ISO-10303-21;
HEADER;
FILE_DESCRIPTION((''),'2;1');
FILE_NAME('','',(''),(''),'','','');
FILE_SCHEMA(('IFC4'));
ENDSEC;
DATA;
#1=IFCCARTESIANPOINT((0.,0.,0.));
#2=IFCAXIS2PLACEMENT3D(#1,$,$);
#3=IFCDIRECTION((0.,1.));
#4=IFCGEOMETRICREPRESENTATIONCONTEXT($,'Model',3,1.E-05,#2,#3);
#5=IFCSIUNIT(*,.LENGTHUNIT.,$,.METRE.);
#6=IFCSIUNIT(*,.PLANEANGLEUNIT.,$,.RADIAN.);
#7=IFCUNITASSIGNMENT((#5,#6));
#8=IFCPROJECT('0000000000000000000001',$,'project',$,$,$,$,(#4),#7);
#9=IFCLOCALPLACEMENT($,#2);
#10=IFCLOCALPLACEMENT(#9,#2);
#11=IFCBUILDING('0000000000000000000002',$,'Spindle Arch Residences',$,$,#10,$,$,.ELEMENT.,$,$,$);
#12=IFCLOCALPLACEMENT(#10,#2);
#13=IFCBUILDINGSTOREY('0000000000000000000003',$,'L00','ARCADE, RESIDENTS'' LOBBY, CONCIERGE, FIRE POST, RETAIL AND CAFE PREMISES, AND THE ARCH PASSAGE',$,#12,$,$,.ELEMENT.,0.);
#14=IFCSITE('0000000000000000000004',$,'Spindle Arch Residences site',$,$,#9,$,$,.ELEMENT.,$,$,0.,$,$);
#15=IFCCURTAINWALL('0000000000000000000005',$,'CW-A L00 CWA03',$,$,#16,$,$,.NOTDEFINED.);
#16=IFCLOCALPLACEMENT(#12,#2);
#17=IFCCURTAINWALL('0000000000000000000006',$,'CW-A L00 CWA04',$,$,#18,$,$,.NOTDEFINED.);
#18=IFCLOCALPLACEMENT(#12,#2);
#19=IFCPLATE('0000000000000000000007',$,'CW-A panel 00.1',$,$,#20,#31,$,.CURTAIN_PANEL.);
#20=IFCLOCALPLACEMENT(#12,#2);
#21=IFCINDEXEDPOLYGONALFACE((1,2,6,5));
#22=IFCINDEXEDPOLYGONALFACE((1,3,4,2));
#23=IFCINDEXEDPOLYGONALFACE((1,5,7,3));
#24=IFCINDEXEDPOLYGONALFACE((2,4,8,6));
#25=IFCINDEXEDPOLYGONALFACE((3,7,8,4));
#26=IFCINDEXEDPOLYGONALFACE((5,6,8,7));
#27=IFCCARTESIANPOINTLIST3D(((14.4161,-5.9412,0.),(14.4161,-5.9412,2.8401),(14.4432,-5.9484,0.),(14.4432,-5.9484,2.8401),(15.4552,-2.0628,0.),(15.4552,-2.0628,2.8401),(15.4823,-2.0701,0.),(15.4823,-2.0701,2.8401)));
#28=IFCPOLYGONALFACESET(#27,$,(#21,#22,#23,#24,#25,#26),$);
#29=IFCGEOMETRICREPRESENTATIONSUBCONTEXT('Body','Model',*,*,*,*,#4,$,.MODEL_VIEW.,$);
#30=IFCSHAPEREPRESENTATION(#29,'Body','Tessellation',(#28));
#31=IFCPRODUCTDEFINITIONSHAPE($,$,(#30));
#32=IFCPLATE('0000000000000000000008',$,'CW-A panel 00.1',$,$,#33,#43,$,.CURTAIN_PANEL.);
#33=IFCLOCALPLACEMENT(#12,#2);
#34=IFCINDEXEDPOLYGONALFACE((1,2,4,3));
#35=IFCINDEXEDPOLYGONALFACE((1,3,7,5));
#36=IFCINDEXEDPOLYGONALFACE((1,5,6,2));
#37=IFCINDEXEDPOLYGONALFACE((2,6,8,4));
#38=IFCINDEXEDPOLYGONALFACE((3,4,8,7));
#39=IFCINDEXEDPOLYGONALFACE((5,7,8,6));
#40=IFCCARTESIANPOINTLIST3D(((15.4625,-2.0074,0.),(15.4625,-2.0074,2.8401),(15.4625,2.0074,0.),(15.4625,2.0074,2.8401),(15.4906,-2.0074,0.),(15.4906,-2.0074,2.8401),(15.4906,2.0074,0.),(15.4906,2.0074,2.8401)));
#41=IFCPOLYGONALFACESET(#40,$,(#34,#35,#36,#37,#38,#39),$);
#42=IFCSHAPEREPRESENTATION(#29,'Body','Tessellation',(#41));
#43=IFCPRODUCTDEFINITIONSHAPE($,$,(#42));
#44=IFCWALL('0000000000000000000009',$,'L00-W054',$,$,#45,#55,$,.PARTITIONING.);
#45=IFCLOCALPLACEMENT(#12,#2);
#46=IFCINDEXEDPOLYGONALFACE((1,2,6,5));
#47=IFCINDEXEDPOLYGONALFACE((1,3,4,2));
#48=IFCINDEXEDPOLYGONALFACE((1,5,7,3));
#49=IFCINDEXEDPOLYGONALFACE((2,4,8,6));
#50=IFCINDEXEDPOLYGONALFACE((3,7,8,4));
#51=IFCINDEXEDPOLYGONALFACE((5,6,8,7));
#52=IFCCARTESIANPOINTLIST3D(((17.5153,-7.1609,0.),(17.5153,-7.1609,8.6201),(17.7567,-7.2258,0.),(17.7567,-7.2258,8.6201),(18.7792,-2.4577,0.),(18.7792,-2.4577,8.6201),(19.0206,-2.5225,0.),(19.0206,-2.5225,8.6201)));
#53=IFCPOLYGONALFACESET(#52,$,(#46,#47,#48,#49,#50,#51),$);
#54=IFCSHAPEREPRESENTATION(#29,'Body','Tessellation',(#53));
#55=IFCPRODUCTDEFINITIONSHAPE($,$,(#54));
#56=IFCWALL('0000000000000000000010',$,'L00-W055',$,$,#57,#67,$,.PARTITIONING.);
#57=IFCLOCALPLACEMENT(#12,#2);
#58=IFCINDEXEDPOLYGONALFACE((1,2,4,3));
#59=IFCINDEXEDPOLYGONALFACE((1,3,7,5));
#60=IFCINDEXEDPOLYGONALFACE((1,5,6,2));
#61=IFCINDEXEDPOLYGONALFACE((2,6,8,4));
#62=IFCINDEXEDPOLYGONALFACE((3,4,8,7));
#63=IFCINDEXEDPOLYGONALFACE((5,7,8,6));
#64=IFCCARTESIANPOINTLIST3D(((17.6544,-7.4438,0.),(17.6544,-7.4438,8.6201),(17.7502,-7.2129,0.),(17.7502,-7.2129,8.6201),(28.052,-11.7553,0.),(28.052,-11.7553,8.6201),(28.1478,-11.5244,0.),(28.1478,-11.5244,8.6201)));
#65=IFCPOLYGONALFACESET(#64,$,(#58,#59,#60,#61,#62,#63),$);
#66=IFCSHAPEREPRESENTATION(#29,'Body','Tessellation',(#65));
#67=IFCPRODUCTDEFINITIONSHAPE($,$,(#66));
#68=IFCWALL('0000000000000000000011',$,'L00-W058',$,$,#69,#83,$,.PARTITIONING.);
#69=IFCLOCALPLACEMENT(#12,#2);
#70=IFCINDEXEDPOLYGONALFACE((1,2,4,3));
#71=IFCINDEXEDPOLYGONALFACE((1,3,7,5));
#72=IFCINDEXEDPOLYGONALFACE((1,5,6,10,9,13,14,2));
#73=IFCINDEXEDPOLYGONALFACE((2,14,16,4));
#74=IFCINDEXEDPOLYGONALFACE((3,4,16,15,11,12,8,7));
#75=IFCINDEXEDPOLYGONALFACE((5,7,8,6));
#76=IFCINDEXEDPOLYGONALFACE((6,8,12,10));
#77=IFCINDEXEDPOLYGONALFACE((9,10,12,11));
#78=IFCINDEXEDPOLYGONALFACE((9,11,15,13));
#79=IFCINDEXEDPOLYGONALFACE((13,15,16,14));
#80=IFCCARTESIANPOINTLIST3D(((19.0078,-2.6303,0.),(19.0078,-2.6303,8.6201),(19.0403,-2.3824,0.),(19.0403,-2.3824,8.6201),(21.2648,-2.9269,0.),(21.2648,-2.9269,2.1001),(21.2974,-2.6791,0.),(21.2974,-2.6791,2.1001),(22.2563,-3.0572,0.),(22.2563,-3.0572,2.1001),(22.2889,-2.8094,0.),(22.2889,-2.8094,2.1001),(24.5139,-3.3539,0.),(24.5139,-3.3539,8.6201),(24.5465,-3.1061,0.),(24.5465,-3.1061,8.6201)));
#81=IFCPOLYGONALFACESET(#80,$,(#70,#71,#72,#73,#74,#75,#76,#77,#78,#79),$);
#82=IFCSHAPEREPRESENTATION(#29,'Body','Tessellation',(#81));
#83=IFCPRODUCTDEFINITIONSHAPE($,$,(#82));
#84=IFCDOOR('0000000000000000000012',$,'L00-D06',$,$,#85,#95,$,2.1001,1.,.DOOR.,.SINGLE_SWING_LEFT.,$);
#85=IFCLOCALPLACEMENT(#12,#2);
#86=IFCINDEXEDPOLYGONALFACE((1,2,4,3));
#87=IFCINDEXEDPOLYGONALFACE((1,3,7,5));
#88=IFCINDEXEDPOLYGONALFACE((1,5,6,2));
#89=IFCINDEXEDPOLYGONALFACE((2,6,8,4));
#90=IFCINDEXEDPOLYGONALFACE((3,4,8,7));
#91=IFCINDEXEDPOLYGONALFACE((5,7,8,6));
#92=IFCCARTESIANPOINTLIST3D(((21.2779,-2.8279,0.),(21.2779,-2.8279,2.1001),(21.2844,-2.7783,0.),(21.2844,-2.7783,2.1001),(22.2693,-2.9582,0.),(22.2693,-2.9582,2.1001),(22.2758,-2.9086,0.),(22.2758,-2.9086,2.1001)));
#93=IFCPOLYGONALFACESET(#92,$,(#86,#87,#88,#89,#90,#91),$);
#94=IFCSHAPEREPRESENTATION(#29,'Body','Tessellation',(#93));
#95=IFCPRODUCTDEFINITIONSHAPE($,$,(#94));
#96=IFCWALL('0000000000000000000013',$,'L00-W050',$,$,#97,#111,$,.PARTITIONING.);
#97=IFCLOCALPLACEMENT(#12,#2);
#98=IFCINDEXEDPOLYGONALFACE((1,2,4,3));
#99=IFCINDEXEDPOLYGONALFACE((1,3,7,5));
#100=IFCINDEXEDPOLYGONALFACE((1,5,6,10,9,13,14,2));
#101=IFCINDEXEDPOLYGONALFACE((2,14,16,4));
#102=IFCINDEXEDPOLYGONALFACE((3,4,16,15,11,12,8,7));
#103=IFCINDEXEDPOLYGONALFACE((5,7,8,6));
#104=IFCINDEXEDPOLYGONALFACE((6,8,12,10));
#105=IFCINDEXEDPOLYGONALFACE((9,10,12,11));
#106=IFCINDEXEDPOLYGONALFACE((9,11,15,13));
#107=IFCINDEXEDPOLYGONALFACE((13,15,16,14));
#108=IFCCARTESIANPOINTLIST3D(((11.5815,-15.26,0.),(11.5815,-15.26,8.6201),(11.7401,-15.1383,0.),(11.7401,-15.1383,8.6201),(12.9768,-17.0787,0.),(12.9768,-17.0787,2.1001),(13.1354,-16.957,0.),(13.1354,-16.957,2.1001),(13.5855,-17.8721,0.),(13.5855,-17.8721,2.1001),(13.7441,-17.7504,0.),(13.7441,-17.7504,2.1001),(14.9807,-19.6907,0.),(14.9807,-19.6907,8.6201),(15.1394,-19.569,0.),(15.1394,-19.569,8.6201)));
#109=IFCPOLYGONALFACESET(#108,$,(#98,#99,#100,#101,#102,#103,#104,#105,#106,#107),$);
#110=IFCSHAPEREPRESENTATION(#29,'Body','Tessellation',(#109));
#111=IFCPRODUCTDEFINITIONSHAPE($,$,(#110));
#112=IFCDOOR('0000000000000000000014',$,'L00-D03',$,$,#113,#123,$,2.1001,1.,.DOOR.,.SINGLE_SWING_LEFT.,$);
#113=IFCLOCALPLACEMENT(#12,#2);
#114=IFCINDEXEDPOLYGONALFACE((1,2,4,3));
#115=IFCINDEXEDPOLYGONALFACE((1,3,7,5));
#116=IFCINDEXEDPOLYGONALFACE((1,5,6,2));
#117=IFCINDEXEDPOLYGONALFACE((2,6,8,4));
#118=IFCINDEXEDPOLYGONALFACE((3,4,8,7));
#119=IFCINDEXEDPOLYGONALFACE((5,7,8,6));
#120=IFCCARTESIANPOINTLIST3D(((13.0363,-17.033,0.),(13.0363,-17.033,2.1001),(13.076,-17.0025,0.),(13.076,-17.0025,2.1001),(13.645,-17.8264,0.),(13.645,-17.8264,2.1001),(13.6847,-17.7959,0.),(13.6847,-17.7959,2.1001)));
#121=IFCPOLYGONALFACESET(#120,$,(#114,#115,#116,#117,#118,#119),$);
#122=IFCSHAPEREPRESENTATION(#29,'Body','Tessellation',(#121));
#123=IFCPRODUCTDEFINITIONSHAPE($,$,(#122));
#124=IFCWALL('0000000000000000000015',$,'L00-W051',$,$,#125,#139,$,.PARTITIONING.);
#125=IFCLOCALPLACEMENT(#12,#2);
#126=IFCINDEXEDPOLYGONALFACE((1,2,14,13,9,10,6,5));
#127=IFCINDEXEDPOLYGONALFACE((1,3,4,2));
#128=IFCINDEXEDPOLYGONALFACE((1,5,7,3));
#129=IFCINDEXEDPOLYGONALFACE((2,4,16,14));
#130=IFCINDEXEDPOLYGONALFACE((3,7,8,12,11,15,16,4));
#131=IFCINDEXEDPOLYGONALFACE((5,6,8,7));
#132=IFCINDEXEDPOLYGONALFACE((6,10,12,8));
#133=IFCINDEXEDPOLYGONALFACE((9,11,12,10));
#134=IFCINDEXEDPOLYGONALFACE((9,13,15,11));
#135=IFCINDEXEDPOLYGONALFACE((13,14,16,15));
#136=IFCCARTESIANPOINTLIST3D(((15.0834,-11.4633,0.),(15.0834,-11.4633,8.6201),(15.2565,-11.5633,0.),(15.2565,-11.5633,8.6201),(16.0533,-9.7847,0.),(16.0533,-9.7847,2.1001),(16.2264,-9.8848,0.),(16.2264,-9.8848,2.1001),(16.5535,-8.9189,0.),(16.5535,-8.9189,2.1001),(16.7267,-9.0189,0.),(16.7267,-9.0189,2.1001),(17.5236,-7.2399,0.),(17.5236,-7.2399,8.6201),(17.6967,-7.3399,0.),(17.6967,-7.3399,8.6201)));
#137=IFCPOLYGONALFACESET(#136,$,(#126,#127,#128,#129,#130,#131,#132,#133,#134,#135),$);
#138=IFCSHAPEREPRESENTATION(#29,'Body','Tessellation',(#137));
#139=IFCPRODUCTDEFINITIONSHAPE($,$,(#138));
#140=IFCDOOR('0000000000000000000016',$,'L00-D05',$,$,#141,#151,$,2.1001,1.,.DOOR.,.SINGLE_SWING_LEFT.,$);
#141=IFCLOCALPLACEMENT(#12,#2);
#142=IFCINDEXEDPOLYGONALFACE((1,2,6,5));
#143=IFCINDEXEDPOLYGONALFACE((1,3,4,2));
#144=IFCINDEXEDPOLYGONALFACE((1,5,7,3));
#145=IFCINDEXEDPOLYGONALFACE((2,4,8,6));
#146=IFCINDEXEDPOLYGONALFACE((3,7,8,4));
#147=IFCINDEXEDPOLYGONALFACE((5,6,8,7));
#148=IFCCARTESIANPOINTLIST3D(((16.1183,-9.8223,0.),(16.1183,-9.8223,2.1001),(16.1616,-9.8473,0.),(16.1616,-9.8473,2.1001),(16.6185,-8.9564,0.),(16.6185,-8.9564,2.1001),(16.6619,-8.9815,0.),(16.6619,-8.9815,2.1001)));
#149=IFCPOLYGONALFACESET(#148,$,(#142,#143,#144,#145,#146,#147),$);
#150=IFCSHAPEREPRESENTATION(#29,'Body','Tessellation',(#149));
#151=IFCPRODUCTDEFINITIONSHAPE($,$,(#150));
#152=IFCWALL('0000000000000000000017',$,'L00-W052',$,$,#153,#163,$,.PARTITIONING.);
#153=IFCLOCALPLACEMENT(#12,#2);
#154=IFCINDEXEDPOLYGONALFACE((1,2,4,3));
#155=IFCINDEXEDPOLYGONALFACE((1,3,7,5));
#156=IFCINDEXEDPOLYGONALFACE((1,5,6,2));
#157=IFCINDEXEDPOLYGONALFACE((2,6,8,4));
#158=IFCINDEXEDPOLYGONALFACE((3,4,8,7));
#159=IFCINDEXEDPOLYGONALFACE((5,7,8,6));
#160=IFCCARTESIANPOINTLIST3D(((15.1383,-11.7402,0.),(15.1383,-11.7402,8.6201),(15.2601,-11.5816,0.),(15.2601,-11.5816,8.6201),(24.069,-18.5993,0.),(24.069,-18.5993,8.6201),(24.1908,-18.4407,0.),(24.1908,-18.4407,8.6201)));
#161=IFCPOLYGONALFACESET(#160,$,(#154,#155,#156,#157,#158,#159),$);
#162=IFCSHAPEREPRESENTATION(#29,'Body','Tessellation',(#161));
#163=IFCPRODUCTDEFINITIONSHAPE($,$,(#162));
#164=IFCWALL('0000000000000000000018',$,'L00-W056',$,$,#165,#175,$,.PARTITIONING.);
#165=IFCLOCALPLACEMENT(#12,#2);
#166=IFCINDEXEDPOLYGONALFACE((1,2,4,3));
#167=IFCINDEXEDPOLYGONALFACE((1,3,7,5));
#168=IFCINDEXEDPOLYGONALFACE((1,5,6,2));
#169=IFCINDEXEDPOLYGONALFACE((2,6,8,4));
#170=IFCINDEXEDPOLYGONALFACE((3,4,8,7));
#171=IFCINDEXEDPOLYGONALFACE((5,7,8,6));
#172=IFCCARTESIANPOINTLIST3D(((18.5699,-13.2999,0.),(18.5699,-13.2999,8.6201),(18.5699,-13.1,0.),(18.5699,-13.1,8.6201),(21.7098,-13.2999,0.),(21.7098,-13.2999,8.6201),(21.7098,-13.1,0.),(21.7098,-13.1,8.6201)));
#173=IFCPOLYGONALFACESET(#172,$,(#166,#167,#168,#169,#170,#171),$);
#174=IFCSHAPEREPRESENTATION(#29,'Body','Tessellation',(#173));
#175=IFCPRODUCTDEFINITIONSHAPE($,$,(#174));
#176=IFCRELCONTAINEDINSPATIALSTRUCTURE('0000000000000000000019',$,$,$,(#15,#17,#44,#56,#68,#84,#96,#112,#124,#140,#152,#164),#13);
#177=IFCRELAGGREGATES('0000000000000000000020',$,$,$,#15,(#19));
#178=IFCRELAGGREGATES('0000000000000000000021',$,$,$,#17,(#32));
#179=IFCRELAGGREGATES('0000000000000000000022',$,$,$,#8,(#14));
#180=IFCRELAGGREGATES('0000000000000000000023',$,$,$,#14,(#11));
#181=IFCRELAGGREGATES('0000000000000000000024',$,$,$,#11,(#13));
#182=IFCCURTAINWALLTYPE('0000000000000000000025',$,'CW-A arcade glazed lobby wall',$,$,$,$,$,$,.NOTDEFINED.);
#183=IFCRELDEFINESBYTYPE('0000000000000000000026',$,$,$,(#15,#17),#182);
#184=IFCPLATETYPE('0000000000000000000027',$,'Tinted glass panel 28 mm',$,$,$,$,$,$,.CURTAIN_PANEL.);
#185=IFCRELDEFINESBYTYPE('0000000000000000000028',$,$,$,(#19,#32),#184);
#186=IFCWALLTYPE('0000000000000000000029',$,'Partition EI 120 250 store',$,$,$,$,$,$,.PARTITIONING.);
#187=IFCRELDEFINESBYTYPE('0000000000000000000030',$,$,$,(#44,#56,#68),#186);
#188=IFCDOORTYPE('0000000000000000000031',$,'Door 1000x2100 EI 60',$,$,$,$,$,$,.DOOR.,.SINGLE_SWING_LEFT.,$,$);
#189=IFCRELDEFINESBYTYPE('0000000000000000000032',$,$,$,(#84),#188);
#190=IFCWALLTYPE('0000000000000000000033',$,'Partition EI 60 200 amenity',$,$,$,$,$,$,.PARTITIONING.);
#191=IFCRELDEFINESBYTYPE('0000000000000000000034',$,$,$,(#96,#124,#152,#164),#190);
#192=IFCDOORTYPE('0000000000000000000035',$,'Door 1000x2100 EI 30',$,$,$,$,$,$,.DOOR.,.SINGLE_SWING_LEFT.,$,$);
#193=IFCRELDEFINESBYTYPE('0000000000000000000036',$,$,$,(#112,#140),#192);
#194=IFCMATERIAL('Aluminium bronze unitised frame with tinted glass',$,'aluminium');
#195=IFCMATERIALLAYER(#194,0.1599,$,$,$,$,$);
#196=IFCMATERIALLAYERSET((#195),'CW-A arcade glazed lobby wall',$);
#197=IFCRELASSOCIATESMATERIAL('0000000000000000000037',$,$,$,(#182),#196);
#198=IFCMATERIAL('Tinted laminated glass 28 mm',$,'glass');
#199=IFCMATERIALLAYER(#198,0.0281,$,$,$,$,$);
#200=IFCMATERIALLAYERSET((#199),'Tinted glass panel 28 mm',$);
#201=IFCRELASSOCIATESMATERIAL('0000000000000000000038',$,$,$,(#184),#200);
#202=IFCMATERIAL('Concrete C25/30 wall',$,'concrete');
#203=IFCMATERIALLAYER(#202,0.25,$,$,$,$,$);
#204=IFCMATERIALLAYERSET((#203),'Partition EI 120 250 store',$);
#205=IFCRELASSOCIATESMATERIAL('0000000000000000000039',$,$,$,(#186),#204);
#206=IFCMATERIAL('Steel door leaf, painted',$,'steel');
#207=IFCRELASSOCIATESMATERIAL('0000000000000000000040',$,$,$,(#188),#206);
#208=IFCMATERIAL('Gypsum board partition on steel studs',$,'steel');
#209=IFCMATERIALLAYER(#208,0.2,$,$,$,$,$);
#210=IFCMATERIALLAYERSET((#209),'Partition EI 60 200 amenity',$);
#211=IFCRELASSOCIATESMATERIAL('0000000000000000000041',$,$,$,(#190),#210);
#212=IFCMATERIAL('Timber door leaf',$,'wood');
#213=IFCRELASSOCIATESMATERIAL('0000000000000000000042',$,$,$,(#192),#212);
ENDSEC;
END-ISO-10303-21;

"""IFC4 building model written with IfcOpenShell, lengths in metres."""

from ifc_helpers import new_model, si_unit, direction, frame, frame_2d, origin, origin_2d, place, context, subcontext, project, spatial, rectangle, extrude, material, layer, layer_set, type_object, element, fill, aggregate, save


model = new_model("IFC4")

# Units and contexts
model_context = context("Model", 3, precision=1e-05, world=origin(), true_north=direction((0.0, 1.0)))
body_context = subcontext(model_context, "Body", "Model", "MODEL_VIEW")
ifc_project = project(units=[si_unit("LENGTHUNIT", "METRE"), si_unit("PLANEANGLEUNIT", "RADIAN")], contexts=[model_context])

# Site, building, storey
site_placement = place(None, origin())
site = spatial("IfcSite", under=ifc_project, at=site_placement, Name="Spindle Arch Residences site", CompositionType="ELEMENT", RefElevation=0.0)
building_placement = place(site_placement, origin())
building = spatial("IfcBuilding", under=site, at=building_placement, Name="Spindle Arch Residences", CompositionType="ELEMENT")
storey_placement = place(building_placement, origin())
storey = spatial("IfcBuildingStorey", under=building, at=storey_placement, Name="L00", Description="ARCADE, RESIDENTS' LOBBY, CONCIERGE, FIRE POST, RETAIL AND CAFE PREMISES, AND THE ARCH PASSAGE", CompositionType="ELEMENT", Elevation=0.0)

# Curtain walls
ifc_material_1 = material(Name="Aluminium bronze unitised frame with tinted glass", Category="aluminium")
ifc_layer_1 = layer(ifc_material_1, 0.1599)
ifc_layer_set_1 = layer_set([ifc_layer_1], Name="CW-A arcade glazed lobby wall")
curtain_wall_type = type_object("IfcCurtainWallType", Name="CW-A arcade glazed lobby wall", PredefinedType="NOTDEFINED", material=ifc_layer_set_1)
curtain_wall_1_placement = place(storey_placement, origin())
curtain_wall_1 = element("IfcCurtainWall", 1, at=curtain_wall_1_placement, inside=storey, type_object=curtain_wall_type, Name="CW-A L00 CWA03", PredefinedType="NOTDEFINED")
curtain_wall_2_placement = place(storey_placement, origin())
curtain_wall_2 = element("IfcCurtainWall", 2, at=curtain_wall_2_placement, inside=storey, type_object=curtain_wall_type, Name="CW-A L00 CWA04", PredefinedType="NOTDEFINED")

# Plates
ifc_material_2 = material(Name="Tinted laminated glass 28 mm", Category="glass")
ifc_layer_2 = layer(ifc_material_2, 0.0281)
ifc_layer_set_2 = layer_set([ifc_layer_2], Name="Tinted glass panel 28 mm")
plate_type = type_object("IfcPlateType", Name="Tinted glass panel 28 mm", PredefinedType="CURTAIN_PANEL", material=ifc_layer_set_2)
plate_1_placement = place(storey_placement, frame((14.9492, -4.0056, 0.0), z_axis=(0.0, 0.0, 1.0), x_axis=(0.258786, 0.965935, 0.0)))
plate_1 = element("IfcPlate", 3, at=plate_1_placement, type_object=plate_type, Name="CW-A panel 00.1", PredefinedType="CURTAIN_PANEL", context=body_context, shape_type="SweptSolid", body=[
    extrude(rectangle(XDim=4.0151, YDim=0.0281, at=origin_2d()), origin(), (0.0, 0.0, 1.0), 2.8401),
])
aggregate(curtain_wall_1, [plate_1])
plate_2_placement = place(storey_placement, frame((15.4766, 0.0, 0.0), z_axis=(0.0, 0.0, 1.0), x_axis=(0.0, 1.0, 0.0)))
plate_2 = element("IfcPlate", 4, at=plate_2_placement, type_object=plate_type, Name="CW-A panel 00.1", PredefinedType="CURTAIN_PANEL", context=body_context, shape_type="SweptSolid", body=[
    extrude(rectangle(XDim=4.0149, YDim=0.0281, at=origin_2d()), origin(), (0.0, 0.0, 1.0), 2.8401),
])
aggregate(curtain_wall_2, [plate_2])

# Walls
ifc_material_3 = material(Name="Concrete C25/30 wall", Category="concrete")
ifc_layer_3 = layer(ifc_material_3, 0.25)
ifc_layer_set_3 = layer_set([ifc_layer_3], Name="Partition EI 120 250 store")
wall_type_1 = type_object("IfcWallType", Name="Partition EI 120 250 store", PredefinedType="PARTITIONING", material=ifc_layer_set_3)
wall_1_placement = place(storey_placement, frame((17.636, -7.1934, 0.0), z_axis=(0.0, 0.0, 1.0), x_axis=(0.259519, 0.965738, 0.0)))
element("IfcWall", 5, at=wall_1_placement, inside=storey, type_object=wall_type_1, Name="L00-W054", PredefinedType="PARTITIONING", context=body_context, shape_type="SweptSolid", body=[
    extrude(rectangle(XDim=4.8701, YDim=0.25, at=frame_2d((2.4351, 0.0))), origin(), (0.0, 0.0, 1.0), 8.6201),
])
wall_2_placement = place(storey_placement, frame((17.7024, -7.3284, 0.0), z_axis=(0.0, 0.0, 1.0), x_axis=(0.923733, -0.383036, 0.0)))
element("IfcWall", 6, at=wall_2_placement, inside=storey, type_object=wall_type_1, Name="L00-W055", PredefinedType="PARTITIONING", context=body_context, shape_type="SweptSolid", body=[
    extrude(rectangle(XDim=11.2561, YDim=0.25, at=frame_2d((5.6279, 0.0))), origin(), (0.0, 0.0, 1.0), 8.6201),
])

# Walls, openings, doors
wall_3_placement = place(storey_placement, frame((19.0239, -2.5063, 0.0), z_axis=(0.0, 0.0, 1.0), x_axis=(0.991474, -0.130303, 0.0)))
wall_3 = element("IfcWall", 7, at=wall_3_placement, inside=storey, type_object=wall_type_1, Name="L00-W058", PredefinedType="PARTITIONING", context=body_context, shape_type="SweptSolid", body=[
    extrude(rectangle(XDim=5.5535, YDim=0.25, at=frame_2d((2.7769, 0.0))), origin(), (0.0, 0.0, 1.0), 8.6201),
])
opening_1_placement = place(wall_3_placement, frame((2.2766, 0.0, 0.0)))
opening_1 = element("IfcOpeningElement", 8, at=opening_1_placement, cuts=wall_3, PredefinedType="OPENING", context=body_context, shape_type="SweptSolid", body=[
    extrude(rectangle(XDim=1.0, YDim=2.1001, at=frame_2d((0.5, 1.05))), frame((0.0, 0.135, 0.0), z_axis=(0.0, -1.0, 0.0), x_axis=(1.0, 0.0, 0.0)), (0.0, 0.0, 1.0), 0.27),
])
ifc_material_4 = material(Name="Steel door leaf, painted", Category="steel")
door_type_1 = type_object("IfcDoorType", Name="Door 1000x2100 EI 60", OperationType="SINGLE_SWING_LEFT", PredefinedType="DOOR", material=ifc_material_4)
door_1_placement = place(opening_1_placement, origin())
door_1 = element("IfcDoor", 9, at=door_1_placement, inside=storey, type_object=door_type_1, Name="L00-D06", OperationType="SINGLE_SWING_LEFT", OverallHeight=2.1001, OverallWidth=1.0, PredefinedType="DOOR", context=body_context, shape_type="SweptSolid", body=[
    extrude(rectangle(XDim=1.0, YDim=2.1001, at=frame_2d((0.5, 1.05))), frame((0.0, 0.0249, 0.0), z_axis=(0.0, -1.0, 0.0), x_axis=(1.0, 0.0, 0.0)), (0.0, 0.0, 1.0), 0.05),
])
fill(opening_1, door_1)
ifc_material_5 = material(Name="Gypsum board partition on steel studs", Category="steel")
ifc_layer_4 = layer(ifc_material_5, 0.2)
ifc_layer_set_4 = layer_set([ifc_layer_4], Name="Partition EI 60 200 amenity")
wall_type_2 = type_object("IfcWallType", Name="Partition EI 60 200 amenity", PredefinedType="PARTITIONING", material=ifc_layer_set_4)
wall_4_placement = place(storey_placement, frame((15.0601, -19.6299, 0.0), z_axis=(0.0, 0.0, 1.0), x_axis=(-0.608694, 0.793405, 0.0)))
wall_4 = element("IfcWall", 10, at=wall_4_placement, inside=storey, type_object=wall_type_2, Name="L00-W050", PredefinedType="PARTITIONING", context=body_context, shape_type="SweptSolid", body=[
    extrude(rectangle(XDim=5.5845, YDim=0.2, at=frame_2d((2.7922, 0.0))), origin(), (0.0, 0.0, 1.0), 8.6201),
])
opening_2_placement = place(wall_4_placement, frame((2.2922, 0.0, 0.0)))
opening_2 = element("IfcOpeningElement", 11, at=opening_2_placement, cuts=wall_4, PredefinedType="OPENING", context=body_context, shape_type="SweptSolid", body=[
    extrude(rectangle(XDim=1.0, YDim=2.1001, at=frame_2d((0.5, 1.05))), frame((0.0, 0.1099, 0.0), z_axis=(0.0, -1.0, 0.0), x_axis=(1.0, 0.0, 0.0)), (0.0, 0.0, 1.0), 0.22),
])
ifc_material_6 = material(Name="Timber door leaf", Category="wood")
door_type_2 = type_object("IfcDoorType", Name="Door 1000x2100 EI 30", OperationType="SINGLE_SWING_LEFT", PredefinedType="DOOR", material=ifc_material_6)
door_2_placement = place(opening_2_placement, origin())
door_2 = element("IfcDoor", 12, at=door_2_placement, inside=storey, type_object=door_type_2, Name="L00-D03", OperationType="SINGLE_SWING_LEFT", OverallHeight=2.1001, OverallWidth=1.0, PredefinedType="DOOR", context=body_context, shape_type="SweptSolid", body=[
    extrude(rectangle(XDim=1.0, YDim=2.1001, at=frame_2d((0.5, 1.05))), frame((0.0, 0.0249, 0.0), z_axis=(0.0, -1.0, 0.0), x_axis=(1.0, 0.0, 0.0)), (0.0, 0.0, 1.0), 0.05),
])
fill(opening_2, door_2)
wall_5_placement = place(storey_placement, frame((15.1699, -11.5134, 0.0), z_axis=(0.0, 0.0, 1.0), x_axis=(0.500278, 0.865865, 0.0)))
wall_5 = element("IfcWall", 13, at=wall_5_placement, inside=storey, type_object=wall_type_2, Name="L00-W051", PredefinedType="PARTITIONING", context=body_context, shape_type="SweptSolid", body=[
    extrude(rectangle(XDim=4.8777, YDim=0.2, at=frame_2d((2.439, 0.0))), origin(), (0.0, 0.0, 1.0), 8.6201),
])
opening_3_placement = place(wall_5_placement, frame((1.9387, 0.0, 0.0)))
opening_3 = element("IfcOpeningElement", 14, at=opening_3_placement, cuts=wall_5, PredefinedType="OPENING", context=body_context, shape_type="SweptSolid", body=[
    extrude(rectangle(XDim=1.0, YDim=2.1001, at=frame_2d((0.5, 1.05))), frame((0.0, 0.1099, 0.0), z_axis=(0.0, -1.0, 0.0), x_axis=(1.0, 0.0, 0.0)), (0.0, 0.0, 1.0), 0.22),
])
door_3_placement = place(opening_3_placement, origin())
door_3 = element("IfcDoor", 15, at=door_3_placement, inside=storey, type_object=door_type_2, Name="L00-D05", OperationType="SINGLE_SWING_LEFT", OverallHeight=2.1001, OverallWidth=1.0, PredefinedType="DOOR", context=body_context, shape_type="SweptSolid", body=[
    extrude(rectangle(XDim=1.0, YDim=2.1001, at=frame_2d((0.5, 1.05))), frame((0.0, 0.0249, 0.0), z_axis=(0.0, -1.0, 0.0), x_axis=(1.0, 0.0, 0.0)), (0.0, 0.0, 1.0), 0.05),
])
fill(opening_3, door_3)

# Walls
wall_6_placement = place(storey_placement, frame((15.1992, -11.6609, 0.0), z_axis=(0.0, 0.0, 1.0), x_axis=(0.793079, -0.609119, 0.0)))
element("IfcWall", 16, at=wall_6_placement, inside=storey, type_object=wall_type_2, Name="L00-W052", PredefinedType="PARTITIONING", context=body_context, shape_type="SweptSolid", body=[
    extrude(rectangle(XDim=11.2607, YDim=0.2, at=frame_2d((5.6304, 0.0))), origin(), (0.0, 0.0, 1.0), 8.6201),
])
wall_7_placement = place(storey_placement, frame((18.5701, -13.2, 0.0), z_axis=(0.0, 0.0, 1.0), x_axis=(1.0, 0.0, 0.0)))
element("IfcWall", 17, at=wall_7_placement, inside=storey, type_object=wall_type_2, Name="L00-W056", PredefinedType="PARTITIONING", context=body_context, shape_type="SweptSolid", body=[
    extrude(rectangle(XDim=3.1399, YDim=0.2, at=frame_2d((1.5698, 0.0))), origin(), (0.0, 0.0, 1.0), 8.6201),
])

save(model, "model.ifc")
